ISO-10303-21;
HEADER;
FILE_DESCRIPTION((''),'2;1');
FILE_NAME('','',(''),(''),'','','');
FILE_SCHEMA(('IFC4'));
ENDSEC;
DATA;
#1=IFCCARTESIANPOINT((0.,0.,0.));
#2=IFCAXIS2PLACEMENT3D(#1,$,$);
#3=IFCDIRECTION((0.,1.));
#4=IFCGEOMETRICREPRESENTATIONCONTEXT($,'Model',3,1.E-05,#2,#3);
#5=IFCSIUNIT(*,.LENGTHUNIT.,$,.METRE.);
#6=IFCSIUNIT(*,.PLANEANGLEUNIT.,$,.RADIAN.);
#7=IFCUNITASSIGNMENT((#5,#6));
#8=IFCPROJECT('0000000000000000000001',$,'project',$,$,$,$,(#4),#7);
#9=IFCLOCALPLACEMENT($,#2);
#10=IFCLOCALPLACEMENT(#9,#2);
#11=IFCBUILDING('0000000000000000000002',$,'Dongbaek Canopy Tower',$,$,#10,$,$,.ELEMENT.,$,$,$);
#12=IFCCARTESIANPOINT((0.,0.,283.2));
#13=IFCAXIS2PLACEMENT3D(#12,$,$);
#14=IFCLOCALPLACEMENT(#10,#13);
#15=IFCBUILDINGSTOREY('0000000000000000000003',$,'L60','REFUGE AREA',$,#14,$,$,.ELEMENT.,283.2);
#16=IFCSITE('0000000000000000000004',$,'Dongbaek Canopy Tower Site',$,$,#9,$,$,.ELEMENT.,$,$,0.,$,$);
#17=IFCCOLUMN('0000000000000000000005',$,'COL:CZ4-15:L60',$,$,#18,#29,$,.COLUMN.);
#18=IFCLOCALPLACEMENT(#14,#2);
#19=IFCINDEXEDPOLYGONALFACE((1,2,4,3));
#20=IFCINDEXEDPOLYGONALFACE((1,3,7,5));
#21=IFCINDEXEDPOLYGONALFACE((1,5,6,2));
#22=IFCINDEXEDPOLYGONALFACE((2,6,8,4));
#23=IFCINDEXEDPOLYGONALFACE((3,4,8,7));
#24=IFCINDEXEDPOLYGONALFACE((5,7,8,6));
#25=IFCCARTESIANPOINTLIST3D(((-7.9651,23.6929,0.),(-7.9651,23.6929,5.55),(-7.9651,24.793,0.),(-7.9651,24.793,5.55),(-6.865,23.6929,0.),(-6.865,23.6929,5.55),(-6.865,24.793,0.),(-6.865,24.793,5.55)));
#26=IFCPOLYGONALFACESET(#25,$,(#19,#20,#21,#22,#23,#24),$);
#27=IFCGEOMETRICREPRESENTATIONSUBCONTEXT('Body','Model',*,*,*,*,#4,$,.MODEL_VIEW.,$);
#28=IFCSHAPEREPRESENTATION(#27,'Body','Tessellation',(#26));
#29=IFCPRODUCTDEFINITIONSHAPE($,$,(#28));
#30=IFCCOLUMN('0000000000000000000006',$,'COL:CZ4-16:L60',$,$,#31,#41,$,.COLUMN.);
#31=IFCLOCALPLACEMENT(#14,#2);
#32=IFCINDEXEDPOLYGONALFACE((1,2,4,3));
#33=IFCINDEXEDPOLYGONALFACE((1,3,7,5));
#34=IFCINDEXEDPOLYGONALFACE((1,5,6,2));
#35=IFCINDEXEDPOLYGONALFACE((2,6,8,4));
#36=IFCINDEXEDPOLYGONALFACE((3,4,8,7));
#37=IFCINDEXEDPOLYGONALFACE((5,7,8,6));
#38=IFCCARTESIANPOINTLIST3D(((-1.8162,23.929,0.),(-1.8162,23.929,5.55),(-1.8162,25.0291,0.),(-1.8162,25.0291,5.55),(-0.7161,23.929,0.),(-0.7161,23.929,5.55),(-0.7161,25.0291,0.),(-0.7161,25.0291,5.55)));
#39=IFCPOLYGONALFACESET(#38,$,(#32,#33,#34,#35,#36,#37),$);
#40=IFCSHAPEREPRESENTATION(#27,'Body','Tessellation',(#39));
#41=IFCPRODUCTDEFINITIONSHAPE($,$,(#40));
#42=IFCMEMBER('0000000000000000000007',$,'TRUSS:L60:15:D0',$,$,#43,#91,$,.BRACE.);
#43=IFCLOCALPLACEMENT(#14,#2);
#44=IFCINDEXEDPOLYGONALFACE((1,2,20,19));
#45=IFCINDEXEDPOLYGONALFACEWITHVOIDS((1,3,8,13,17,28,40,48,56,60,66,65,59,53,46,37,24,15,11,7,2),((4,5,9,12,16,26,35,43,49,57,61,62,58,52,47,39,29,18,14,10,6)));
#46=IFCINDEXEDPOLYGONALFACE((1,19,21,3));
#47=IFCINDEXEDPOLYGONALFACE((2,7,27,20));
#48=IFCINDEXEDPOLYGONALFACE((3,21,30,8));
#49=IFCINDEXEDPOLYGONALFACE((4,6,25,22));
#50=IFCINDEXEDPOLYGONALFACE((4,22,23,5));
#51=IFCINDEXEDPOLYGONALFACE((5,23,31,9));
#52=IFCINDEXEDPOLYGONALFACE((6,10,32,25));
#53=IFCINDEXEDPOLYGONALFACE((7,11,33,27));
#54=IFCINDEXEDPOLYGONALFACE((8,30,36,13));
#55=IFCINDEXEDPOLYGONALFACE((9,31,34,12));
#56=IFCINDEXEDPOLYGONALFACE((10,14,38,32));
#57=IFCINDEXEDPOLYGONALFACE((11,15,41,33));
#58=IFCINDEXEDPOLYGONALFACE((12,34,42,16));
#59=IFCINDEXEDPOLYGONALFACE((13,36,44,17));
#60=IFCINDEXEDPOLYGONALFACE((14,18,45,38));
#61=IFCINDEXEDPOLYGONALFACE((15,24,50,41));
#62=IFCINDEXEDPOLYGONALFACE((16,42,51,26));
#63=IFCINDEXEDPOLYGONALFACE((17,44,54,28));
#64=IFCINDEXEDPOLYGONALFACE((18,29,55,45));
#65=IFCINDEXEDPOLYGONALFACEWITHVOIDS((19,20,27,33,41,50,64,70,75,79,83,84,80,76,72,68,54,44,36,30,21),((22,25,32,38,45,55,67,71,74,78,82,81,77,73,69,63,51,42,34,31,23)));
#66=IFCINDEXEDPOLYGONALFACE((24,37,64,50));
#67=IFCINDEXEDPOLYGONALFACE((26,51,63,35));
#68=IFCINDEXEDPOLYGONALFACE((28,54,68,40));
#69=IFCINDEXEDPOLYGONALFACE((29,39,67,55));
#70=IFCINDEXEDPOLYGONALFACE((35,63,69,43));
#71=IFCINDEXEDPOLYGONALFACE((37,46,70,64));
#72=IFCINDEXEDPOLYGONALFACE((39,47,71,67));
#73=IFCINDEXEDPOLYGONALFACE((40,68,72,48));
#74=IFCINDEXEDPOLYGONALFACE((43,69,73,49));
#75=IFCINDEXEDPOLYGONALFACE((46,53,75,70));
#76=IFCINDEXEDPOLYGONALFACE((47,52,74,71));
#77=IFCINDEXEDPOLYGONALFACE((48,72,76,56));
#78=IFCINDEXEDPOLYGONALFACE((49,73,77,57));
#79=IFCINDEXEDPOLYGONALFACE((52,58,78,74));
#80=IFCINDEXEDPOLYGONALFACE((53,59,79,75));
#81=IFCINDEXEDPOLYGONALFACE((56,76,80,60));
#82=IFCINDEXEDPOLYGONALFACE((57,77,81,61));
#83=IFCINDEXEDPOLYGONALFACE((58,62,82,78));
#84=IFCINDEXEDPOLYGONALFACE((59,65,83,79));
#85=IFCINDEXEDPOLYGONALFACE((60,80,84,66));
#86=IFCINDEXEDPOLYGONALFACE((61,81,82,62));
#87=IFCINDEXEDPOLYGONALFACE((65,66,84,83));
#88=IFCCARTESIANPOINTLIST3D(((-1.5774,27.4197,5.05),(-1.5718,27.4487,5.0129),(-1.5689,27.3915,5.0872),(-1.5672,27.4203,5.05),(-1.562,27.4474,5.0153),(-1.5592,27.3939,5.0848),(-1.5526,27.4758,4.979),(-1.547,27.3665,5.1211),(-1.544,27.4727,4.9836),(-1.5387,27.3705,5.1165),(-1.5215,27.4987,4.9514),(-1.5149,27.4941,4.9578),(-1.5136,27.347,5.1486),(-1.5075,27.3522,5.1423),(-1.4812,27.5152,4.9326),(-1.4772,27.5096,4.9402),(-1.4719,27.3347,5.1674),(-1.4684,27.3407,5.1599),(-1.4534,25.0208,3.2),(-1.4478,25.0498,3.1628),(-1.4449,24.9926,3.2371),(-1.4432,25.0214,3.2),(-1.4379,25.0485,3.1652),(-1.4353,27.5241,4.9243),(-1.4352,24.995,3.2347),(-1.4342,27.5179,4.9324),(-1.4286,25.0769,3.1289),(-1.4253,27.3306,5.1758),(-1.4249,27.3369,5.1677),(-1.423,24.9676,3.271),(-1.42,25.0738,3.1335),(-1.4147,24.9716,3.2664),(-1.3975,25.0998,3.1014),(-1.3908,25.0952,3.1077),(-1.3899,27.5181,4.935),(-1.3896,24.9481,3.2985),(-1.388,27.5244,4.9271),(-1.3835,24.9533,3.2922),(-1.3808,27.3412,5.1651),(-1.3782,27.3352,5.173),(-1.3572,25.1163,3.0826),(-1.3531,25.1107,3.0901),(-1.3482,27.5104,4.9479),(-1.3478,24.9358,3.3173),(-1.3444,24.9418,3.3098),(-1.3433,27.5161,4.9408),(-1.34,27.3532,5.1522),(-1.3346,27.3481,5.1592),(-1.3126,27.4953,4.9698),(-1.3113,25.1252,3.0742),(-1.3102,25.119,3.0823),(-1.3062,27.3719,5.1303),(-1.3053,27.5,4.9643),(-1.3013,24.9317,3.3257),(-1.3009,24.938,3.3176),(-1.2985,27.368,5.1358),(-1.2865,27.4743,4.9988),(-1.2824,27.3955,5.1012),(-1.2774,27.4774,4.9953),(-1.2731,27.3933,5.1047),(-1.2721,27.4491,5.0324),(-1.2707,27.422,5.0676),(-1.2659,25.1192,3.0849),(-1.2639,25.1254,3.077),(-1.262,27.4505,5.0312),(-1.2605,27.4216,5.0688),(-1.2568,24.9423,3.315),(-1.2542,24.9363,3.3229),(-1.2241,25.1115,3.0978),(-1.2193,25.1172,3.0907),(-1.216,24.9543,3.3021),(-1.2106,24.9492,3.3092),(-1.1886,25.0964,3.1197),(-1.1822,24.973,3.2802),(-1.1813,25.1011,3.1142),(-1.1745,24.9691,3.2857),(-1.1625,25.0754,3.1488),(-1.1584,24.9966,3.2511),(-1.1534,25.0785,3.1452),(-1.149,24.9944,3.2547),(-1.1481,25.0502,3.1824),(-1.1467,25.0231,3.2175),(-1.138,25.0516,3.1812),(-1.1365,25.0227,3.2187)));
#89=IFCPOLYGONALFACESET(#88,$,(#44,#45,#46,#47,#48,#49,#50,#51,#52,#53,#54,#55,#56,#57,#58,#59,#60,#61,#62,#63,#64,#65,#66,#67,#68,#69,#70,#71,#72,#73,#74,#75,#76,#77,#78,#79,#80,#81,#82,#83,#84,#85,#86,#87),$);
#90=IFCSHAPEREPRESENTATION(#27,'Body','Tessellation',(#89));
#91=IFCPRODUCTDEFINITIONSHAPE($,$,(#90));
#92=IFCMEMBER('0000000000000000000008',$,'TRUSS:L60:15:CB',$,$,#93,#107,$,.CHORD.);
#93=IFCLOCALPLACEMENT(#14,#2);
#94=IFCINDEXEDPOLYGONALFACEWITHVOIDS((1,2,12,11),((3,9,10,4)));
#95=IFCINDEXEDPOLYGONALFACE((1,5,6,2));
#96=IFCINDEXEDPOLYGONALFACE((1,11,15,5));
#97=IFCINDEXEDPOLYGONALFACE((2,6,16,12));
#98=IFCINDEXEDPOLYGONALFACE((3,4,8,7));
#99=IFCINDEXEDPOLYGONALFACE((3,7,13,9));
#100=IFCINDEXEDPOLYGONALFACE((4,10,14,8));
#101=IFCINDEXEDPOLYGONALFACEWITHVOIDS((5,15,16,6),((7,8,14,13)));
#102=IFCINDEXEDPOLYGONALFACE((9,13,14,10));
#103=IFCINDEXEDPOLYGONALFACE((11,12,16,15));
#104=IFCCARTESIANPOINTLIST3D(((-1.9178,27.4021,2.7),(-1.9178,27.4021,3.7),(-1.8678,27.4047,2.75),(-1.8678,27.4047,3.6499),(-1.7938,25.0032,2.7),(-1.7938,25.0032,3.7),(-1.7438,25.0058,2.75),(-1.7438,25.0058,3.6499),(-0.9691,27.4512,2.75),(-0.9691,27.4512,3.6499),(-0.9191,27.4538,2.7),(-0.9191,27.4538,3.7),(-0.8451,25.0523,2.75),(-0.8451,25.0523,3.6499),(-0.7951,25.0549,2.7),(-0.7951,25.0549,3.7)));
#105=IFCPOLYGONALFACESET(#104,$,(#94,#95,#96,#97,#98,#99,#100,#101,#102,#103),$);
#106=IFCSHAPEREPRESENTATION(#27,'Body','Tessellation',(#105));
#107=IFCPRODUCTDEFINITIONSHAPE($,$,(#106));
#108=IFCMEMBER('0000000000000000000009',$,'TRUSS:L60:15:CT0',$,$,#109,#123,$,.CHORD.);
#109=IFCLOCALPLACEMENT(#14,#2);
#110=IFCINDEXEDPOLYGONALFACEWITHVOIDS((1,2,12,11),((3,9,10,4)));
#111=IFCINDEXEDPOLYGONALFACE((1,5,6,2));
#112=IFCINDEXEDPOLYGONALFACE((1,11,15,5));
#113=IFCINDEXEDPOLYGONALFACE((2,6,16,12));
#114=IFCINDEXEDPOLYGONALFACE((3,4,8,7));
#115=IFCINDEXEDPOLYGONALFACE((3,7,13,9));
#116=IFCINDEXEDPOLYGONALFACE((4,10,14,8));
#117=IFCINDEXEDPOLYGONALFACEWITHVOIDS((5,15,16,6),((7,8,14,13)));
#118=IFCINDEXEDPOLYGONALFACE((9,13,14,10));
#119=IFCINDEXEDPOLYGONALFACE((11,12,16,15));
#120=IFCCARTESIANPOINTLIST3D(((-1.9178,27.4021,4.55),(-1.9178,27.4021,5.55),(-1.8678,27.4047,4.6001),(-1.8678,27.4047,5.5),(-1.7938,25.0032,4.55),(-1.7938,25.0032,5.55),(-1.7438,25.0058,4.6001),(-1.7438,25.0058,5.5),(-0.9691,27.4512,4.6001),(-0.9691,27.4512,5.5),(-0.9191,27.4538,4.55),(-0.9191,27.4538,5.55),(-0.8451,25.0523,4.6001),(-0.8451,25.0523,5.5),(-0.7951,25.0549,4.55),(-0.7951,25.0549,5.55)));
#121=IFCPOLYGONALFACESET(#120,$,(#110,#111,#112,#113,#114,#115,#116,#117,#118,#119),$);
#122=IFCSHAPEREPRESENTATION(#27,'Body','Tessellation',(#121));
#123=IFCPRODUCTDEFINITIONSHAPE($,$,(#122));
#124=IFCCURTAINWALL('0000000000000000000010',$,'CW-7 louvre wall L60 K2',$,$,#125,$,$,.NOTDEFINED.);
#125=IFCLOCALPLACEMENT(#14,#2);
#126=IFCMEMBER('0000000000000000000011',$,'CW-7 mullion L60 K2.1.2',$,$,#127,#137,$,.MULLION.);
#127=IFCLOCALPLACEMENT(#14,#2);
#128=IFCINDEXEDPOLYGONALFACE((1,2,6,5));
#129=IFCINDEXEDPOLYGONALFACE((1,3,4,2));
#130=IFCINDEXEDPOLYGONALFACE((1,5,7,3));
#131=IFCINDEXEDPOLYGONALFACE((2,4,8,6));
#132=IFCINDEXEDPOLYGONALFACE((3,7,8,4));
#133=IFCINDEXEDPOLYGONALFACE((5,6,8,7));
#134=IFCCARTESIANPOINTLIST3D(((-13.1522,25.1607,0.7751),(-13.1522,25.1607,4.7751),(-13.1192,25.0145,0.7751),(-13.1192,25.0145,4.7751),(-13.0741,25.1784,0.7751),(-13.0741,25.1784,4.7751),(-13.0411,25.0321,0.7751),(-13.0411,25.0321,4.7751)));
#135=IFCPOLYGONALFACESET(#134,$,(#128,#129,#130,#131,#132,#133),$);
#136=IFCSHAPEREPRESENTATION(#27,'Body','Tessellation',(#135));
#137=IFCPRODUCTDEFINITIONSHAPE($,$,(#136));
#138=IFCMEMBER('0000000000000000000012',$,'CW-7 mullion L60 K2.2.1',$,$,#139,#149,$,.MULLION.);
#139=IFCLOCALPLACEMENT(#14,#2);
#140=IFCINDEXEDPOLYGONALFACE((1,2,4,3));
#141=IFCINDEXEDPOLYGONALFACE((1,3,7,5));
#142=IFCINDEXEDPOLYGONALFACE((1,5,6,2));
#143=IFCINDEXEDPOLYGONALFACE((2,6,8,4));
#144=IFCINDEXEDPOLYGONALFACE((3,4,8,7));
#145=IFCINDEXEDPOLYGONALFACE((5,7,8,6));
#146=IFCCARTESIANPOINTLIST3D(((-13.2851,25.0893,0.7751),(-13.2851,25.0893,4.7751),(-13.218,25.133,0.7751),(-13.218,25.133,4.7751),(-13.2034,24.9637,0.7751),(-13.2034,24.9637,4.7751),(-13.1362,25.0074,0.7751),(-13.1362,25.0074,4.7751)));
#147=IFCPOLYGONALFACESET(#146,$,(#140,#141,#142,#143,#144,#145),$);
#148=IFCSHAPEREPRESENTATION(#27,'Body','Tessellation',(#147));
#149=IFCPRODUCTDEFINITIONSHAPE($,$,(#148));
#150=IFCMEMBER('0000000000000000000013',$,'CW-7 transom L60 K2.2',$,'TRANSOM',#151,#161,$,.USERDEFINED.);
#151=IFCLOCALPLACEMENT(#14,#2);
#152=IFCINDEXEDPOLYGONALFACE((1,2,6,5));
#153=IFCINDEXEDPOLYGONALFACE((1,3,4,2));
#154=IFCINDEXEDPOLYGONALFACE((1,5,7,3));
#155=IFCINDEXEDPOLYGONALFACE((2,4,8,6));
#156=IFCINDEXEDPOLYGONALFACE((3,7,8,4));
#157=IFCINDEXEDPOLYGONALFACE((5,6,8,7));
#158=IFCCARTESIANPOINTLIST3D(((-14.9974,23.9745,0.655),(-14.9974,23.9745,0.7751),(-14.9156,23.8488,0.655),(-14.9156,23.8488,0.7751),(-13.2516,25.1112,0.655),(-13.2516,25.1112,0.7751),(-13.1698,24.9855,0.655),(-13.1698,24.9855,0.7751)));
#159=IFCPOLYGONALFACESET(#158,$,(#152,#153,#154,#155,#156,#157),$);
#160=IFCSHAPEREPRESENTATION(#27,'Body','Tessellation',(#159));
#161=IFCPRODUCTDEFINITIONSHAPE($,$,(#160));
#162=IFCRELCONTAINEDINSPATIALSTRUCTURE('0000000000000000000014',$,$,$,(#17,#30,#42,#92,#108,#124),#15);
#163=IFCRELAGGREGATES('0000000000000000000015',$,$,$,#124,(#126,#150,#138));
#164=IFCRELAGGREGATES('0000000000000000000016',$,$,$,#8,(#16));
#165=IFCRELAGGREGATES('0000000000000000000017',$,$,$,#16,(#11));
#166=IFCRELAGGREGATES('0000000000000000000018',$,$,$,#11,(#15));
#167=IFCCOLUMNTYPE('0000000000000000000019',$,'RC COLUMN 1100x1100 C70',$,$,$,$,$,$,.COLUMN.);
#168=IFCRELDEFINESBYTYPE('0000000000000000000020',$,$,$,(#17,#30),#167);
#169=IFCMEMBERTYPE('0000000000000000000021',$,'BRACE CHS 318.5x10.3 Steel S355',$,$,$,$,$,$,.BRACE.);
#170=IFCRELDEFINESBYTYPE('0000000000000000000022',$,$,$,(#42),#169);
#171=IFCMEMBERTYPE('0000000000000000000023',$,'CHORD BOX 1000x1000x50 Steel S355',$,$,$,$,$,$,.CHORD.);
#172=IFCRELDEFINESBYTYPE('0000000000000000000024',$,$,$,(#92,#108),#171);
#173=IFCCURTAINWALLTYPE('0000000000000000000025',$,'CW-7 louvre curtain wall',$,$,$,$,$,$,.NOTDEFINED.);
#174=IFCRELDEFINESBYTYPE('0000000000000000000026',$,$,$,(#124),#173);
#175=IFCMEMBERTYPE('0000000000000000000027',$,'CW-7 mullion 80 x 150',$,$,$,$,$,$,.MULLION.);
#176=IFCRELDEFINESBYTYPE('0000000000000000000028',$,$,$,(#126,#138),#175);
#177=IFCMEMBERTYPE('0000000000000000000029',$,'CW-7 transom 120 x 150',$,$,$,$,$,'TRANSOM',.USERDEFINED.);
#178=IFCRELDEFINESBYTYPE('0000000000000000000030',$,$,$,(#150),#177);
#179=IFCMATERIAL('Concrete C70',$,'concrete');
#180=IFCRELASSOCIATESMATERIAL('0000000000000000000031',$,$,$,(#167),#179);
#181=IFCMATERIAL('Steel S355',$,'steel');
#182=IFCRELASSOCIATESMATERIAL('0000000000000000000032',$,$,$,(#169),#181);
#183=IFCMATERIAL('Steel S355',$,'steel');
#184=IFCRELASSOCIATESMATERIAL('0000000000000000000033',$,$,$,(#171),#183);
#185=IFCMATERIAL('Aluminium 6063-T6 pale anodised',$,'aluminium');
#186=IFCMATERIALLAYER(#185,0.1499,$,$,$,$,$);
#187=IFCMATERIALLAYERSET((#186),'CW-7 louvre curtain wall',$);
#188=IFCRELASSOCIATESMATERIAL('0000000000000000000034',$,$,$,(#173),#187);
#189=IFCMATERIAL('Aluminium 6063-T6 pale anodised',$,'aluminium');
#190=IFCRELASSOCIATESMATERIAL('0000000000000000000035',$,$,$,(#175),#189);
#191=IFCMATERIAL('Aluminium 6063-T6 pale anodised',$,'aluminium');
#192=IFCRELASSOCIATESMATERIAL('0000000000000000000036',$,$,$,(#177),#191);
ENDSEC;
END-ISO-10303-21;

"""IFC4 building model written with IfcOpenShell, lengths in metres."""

from ifc_helpers import new_model, si_unit, direction, frame, origin, origin_2d, place, context, subcontext, project, spatial, rectangle, hollow_rectangle, hollow_circle, extrude, material, layer, layer_set, material_profile, profile_set, type_object, element, aggregate, save


model = new_model("IFC4")

# Units and contexts
model_context = context("Model", 3, precision=1e-05, world=origin(), true_north=direction((0.0, 1.0)))
body_context = subcontext(model_context, "Body", "Model", "MODEL_VIEW")
ifc_project = project(units=[si_unit("LENGTHUNIT", "METRE"), si_unit("PLANEANGLEUNIT", "RADIAN")], contexts=[model_context])

# Site, building, storey
site_placement = place(None, origin())
site = spatial("IfcSite", under=ifc_project, at=site_placement, Name="Dongbaek Canopy Tower Site", CompositionType="ELEMENT", RefElevation=0.0)
building_placement = place(site_placement, origin())
building = spatial("IfcBuilding", under=site, at=building_placement, Name="Dongbaek Canopy Tower", CompositionType="ELEMENT")
storey_placement = place(building_placement, frame((0.0, 0.0, 283.2)))
storey = spatial("IfcBuildingStorey", under=building, at=storey_placement, Name="L60", Description="REFUGE AREA", CompositionType="ELEMENT", Elevation=283.2)

# Columns
ifc_material_1 = material(Name="Concrete C70", Category="concrete")
ifc_material_profile_1 = material_profile(ifc_material_1, rectangle(XDim=1.1001, YDim=1.1001, at=origin_2d()), Name="RC COLUMN 1100x1100 C70")
ifc_profile_set_1 = profile_set([ifc_material_profile_1], Name="Concrete C70")
column_type = type_object("IfcColumnType", Name="RC COLUMN 1100x1100 C70", PredefinedType="COLUMN", material=ifc_profile_set_1)
for number, where, z_axis, x_axis, name in (
    (1, (-7.415, 24.2429, 0.0), (0.0, 0.0, 1.0), (1.0, 0.0, 0.0), "COL:CZ4-15:L60"),
    (2, (-1.2661, 24.479, 0.0), (0.0, 0.0, 1.0), (1.0, 0.0, 0.0), "COL:CZ4-16:L60"),
):
    element("IfcColumn", number, at=place(storey_placement, frame(where, z_axis=z_axis, x_axis=x_axis)), inside=storey, type_object=column_type, Name=name, PredefinedType="COLUMN", context=body_context, shape_type="SweptSolid", body=[
        extrude(rectangle(XDim=1.1001, YDim=1.1001, at=origin_2d()), origin(), (0.0, 0.0, 1.0), 5.55),
    ])

# Members
ifc_material_2 = material(Name="Steel S355", Category="steel")
ifc_material_profile_2 = material_profile(ifc_material_2, hollow_circle(Radius=0.1592, WallThickness=0.0103, at=origin_2d()), Name="BRACE CHS 318.5x10.3 Steel S355")
ifc_profile_set_2 = profile_set([ifc_material_profile_2], Name="Steel S355")
member_type_1 = type_object("IfcMemberType", Name="BRACE CHS 318.5x10.3 Steel S355", PredefinedType="BRACE", material=ifc_profile_set_2)
member_1_placement = place(storey_placement, frame((-1.2944, 25.0291, 3.2), z_axis=(-0.040905, 0.7912, 0.610188), x_axis=(-0.998666, -0.051631, 0.0)))
element("IfcMember", 3, at=member_1_placement, inside=storey, type_object=member_type_1, Name="TRUSS:L60:15:D0", PredefinedType="BRACE", context=body_context, shape_type="SweptSolid", body=[
    extrude(hollow_circle(Radius=0.1592, WallThickness=0.0103, at=origin_2d()), origin(), (0.0, 0.0, 1.0), 3.032),
])
ifc_material_3 = material(Name="Steel S355", Category="steel")
ifc_material_profile_3 = material_profile(ifc_material_3, hollow_rectangle(XDim=1.0, YDim=1.0, WallThickness=0.05, at=origin_2d()), Name="CHORD BOX 1000x1000x50 Steel S355")
ifc_profile_set_3 = profile_set([ifc_material_profile_3], Name="Steel S355")
member_type_2 = type_object("IfcMemberType", Name="CHORD BOX 1000x1000x50 Steel S355", PredefinedType="CHORD", material=ifc_profile_set_3)
for number, where, z_axis, x_axis, name in (
    (4, (-1.2944, 25.0291, 3.2), (-0.051631, 0.998666, 0.0), (-0.998666, -0.051631, 0.0), "TRUSS:L60:15:CB"),
    (5, (-1.2944, 25.0291, 5.05), (-0.051631, 0.998666, 0.0), (-0.998666, -0.051631, 0.0), "TRUSS:L60:15:CT0"),
):
    element("IfcMember", number, at=place(storey_placement, frame(where, z_axis=z_axis, x_axis=x_axis)), inside=storey, type_object=member_type_2, Name=name, PredefinedType="CHORD", context=body_context, shape_type="SweptSolid", body=[
        extrude(hollow_rectangle(XDim=1.0, YDim=1.0, WallThickness=0.05, at=origin_2d()), origin(), (0.0, 0.0, 1.0), 2.4021),
    ])

# Curtain wall, members
ifc_material_4 = material(Name="Aluminium 6063-T6 pale anodised", Category="aluminium")
ifc_layer_1 = layer(ifc_material_4, 0.1499)
ifc_layer_set_1 = layer_set([ifc_layer_1], Name="CW-7 louvre curtain wall")
curtain_wall_type = type_object("IfcCurtainWallType", Name="CW-7 louvre curtain wall", PredefinedType="NOTDEFINED", material=ifc_layer_set_1)
curtain_wall_placement = place(storey_placement, origin())
curtain_wall = element("IfcCurtainWall", 6, at=curtain_wall_placement, inside=storey, type_object=curtain_wall_type, Name="CW-7 louvre wall L60 K2", PredefinedType="NOTDEFINED")
ifc_material_5 = material(Name="Aluminium 6063-T6 pale anodised", Category="aluminium")
ifc_material_profile_4 = material_profile(ifc_material_5, rectangle(XDim=0.1499, YDim=0.0801, at=origin_2d()), Name="CW-7 mullion 80 x 150")
ifc_profile_set_4 = profile_set([ifc_material_profile_4], Name="Aluminium 6063-T6 pale anodised")
member_type_3 = type_object("IfcMemberType", Name="CW-7 mullion 80 x 150", PredefinedType="MULLION", material=ifc_profile_set_4)
member_2_placement = place(storey_placement, frame((-13.0967, 25.0964, 0.7751), z_axis=(0.0, 0.0, 1.0), x_axis=(-0.220151, 0.975466, 0.0)))
member_2 = element("IfcMember", 7, at=member_2_placement, type_object=member_type_3, Name="CW-7 mullion L60 K2.1.2", PredefinedType="MULLION", context=body_context, shape_type="SweptSolid", body=[
    extrude(rectangle(XDim=0.1499, YDim=0.0801, at=origin_2d()), origin(), (0.0, 0.0, 1.0), 4.0),
])
member_3_placement = place(storey_placement, frame((-13.2107, 25.0483, 0.7751), z_axis=(0.0, 0.0, 1.0), x_axis=(-0.545552, 0.838077, 0.0)))
member_3 = element("IfcMember", 8, at=member_3_placement, type_object=member_type_3, Name="CW-7 mullion L60 K2.2.1", PredefinedType="MULLION", context=body_context, shape_type="SweptSolid", body=[
    extrude(rectangle(XDim=0.1499, YDim=0.0801, at=origin_2d()), origin(), (0.0, 0.0, 1.0), 4.0),
])
ifc_material_6 = material(Name="Aluminium 6063-T6 pale anodised", Category="aluminium")
ifc_material_profile_5 = material_profile(ifc_material_6, rectangle(XDim=0.1499, YDim=0.1201, at=origin_2d()), Name="CW-7 transom 120 x 150")
ifc_profile_set_5 = profile_set([ifc_material_profile_5], Name="Aluminium 6063-T6 pale anodised")
member_type_4 = type_object("IfcMemberType", Name="CW-7 transom 120 x 150", ElementType="TRANSOM", PredefinedType="USERDEFINED", material=ifc_profile_set_5)
member_4_placement = place(storey_placement, frame((-13.2107, 25.0483, 0.7151), z_axis=(-0.838023, -0.545635, 0.0), x_axis=(0.545635, -0.838023, 0.0)))
member_4 = element("IfcMember", 9, at=member_4_placement, type_object=member_type_4, Name="CW-7 transom L60 K2.2", ObjectType="TRANSOM", PredefinedType="USERDEFINED", context=body_context, shape_type="SweptSolid", body=[
    extrude(rectangle(XDim=0.1499, YDim=0.1201, at=origin_2d()), origin(), (0.0, 0.0, 1.0), 2.0833),
])

aggregate(curtain_wall, [member_2, member_4, member_3])

save(model, "model.ifc")
